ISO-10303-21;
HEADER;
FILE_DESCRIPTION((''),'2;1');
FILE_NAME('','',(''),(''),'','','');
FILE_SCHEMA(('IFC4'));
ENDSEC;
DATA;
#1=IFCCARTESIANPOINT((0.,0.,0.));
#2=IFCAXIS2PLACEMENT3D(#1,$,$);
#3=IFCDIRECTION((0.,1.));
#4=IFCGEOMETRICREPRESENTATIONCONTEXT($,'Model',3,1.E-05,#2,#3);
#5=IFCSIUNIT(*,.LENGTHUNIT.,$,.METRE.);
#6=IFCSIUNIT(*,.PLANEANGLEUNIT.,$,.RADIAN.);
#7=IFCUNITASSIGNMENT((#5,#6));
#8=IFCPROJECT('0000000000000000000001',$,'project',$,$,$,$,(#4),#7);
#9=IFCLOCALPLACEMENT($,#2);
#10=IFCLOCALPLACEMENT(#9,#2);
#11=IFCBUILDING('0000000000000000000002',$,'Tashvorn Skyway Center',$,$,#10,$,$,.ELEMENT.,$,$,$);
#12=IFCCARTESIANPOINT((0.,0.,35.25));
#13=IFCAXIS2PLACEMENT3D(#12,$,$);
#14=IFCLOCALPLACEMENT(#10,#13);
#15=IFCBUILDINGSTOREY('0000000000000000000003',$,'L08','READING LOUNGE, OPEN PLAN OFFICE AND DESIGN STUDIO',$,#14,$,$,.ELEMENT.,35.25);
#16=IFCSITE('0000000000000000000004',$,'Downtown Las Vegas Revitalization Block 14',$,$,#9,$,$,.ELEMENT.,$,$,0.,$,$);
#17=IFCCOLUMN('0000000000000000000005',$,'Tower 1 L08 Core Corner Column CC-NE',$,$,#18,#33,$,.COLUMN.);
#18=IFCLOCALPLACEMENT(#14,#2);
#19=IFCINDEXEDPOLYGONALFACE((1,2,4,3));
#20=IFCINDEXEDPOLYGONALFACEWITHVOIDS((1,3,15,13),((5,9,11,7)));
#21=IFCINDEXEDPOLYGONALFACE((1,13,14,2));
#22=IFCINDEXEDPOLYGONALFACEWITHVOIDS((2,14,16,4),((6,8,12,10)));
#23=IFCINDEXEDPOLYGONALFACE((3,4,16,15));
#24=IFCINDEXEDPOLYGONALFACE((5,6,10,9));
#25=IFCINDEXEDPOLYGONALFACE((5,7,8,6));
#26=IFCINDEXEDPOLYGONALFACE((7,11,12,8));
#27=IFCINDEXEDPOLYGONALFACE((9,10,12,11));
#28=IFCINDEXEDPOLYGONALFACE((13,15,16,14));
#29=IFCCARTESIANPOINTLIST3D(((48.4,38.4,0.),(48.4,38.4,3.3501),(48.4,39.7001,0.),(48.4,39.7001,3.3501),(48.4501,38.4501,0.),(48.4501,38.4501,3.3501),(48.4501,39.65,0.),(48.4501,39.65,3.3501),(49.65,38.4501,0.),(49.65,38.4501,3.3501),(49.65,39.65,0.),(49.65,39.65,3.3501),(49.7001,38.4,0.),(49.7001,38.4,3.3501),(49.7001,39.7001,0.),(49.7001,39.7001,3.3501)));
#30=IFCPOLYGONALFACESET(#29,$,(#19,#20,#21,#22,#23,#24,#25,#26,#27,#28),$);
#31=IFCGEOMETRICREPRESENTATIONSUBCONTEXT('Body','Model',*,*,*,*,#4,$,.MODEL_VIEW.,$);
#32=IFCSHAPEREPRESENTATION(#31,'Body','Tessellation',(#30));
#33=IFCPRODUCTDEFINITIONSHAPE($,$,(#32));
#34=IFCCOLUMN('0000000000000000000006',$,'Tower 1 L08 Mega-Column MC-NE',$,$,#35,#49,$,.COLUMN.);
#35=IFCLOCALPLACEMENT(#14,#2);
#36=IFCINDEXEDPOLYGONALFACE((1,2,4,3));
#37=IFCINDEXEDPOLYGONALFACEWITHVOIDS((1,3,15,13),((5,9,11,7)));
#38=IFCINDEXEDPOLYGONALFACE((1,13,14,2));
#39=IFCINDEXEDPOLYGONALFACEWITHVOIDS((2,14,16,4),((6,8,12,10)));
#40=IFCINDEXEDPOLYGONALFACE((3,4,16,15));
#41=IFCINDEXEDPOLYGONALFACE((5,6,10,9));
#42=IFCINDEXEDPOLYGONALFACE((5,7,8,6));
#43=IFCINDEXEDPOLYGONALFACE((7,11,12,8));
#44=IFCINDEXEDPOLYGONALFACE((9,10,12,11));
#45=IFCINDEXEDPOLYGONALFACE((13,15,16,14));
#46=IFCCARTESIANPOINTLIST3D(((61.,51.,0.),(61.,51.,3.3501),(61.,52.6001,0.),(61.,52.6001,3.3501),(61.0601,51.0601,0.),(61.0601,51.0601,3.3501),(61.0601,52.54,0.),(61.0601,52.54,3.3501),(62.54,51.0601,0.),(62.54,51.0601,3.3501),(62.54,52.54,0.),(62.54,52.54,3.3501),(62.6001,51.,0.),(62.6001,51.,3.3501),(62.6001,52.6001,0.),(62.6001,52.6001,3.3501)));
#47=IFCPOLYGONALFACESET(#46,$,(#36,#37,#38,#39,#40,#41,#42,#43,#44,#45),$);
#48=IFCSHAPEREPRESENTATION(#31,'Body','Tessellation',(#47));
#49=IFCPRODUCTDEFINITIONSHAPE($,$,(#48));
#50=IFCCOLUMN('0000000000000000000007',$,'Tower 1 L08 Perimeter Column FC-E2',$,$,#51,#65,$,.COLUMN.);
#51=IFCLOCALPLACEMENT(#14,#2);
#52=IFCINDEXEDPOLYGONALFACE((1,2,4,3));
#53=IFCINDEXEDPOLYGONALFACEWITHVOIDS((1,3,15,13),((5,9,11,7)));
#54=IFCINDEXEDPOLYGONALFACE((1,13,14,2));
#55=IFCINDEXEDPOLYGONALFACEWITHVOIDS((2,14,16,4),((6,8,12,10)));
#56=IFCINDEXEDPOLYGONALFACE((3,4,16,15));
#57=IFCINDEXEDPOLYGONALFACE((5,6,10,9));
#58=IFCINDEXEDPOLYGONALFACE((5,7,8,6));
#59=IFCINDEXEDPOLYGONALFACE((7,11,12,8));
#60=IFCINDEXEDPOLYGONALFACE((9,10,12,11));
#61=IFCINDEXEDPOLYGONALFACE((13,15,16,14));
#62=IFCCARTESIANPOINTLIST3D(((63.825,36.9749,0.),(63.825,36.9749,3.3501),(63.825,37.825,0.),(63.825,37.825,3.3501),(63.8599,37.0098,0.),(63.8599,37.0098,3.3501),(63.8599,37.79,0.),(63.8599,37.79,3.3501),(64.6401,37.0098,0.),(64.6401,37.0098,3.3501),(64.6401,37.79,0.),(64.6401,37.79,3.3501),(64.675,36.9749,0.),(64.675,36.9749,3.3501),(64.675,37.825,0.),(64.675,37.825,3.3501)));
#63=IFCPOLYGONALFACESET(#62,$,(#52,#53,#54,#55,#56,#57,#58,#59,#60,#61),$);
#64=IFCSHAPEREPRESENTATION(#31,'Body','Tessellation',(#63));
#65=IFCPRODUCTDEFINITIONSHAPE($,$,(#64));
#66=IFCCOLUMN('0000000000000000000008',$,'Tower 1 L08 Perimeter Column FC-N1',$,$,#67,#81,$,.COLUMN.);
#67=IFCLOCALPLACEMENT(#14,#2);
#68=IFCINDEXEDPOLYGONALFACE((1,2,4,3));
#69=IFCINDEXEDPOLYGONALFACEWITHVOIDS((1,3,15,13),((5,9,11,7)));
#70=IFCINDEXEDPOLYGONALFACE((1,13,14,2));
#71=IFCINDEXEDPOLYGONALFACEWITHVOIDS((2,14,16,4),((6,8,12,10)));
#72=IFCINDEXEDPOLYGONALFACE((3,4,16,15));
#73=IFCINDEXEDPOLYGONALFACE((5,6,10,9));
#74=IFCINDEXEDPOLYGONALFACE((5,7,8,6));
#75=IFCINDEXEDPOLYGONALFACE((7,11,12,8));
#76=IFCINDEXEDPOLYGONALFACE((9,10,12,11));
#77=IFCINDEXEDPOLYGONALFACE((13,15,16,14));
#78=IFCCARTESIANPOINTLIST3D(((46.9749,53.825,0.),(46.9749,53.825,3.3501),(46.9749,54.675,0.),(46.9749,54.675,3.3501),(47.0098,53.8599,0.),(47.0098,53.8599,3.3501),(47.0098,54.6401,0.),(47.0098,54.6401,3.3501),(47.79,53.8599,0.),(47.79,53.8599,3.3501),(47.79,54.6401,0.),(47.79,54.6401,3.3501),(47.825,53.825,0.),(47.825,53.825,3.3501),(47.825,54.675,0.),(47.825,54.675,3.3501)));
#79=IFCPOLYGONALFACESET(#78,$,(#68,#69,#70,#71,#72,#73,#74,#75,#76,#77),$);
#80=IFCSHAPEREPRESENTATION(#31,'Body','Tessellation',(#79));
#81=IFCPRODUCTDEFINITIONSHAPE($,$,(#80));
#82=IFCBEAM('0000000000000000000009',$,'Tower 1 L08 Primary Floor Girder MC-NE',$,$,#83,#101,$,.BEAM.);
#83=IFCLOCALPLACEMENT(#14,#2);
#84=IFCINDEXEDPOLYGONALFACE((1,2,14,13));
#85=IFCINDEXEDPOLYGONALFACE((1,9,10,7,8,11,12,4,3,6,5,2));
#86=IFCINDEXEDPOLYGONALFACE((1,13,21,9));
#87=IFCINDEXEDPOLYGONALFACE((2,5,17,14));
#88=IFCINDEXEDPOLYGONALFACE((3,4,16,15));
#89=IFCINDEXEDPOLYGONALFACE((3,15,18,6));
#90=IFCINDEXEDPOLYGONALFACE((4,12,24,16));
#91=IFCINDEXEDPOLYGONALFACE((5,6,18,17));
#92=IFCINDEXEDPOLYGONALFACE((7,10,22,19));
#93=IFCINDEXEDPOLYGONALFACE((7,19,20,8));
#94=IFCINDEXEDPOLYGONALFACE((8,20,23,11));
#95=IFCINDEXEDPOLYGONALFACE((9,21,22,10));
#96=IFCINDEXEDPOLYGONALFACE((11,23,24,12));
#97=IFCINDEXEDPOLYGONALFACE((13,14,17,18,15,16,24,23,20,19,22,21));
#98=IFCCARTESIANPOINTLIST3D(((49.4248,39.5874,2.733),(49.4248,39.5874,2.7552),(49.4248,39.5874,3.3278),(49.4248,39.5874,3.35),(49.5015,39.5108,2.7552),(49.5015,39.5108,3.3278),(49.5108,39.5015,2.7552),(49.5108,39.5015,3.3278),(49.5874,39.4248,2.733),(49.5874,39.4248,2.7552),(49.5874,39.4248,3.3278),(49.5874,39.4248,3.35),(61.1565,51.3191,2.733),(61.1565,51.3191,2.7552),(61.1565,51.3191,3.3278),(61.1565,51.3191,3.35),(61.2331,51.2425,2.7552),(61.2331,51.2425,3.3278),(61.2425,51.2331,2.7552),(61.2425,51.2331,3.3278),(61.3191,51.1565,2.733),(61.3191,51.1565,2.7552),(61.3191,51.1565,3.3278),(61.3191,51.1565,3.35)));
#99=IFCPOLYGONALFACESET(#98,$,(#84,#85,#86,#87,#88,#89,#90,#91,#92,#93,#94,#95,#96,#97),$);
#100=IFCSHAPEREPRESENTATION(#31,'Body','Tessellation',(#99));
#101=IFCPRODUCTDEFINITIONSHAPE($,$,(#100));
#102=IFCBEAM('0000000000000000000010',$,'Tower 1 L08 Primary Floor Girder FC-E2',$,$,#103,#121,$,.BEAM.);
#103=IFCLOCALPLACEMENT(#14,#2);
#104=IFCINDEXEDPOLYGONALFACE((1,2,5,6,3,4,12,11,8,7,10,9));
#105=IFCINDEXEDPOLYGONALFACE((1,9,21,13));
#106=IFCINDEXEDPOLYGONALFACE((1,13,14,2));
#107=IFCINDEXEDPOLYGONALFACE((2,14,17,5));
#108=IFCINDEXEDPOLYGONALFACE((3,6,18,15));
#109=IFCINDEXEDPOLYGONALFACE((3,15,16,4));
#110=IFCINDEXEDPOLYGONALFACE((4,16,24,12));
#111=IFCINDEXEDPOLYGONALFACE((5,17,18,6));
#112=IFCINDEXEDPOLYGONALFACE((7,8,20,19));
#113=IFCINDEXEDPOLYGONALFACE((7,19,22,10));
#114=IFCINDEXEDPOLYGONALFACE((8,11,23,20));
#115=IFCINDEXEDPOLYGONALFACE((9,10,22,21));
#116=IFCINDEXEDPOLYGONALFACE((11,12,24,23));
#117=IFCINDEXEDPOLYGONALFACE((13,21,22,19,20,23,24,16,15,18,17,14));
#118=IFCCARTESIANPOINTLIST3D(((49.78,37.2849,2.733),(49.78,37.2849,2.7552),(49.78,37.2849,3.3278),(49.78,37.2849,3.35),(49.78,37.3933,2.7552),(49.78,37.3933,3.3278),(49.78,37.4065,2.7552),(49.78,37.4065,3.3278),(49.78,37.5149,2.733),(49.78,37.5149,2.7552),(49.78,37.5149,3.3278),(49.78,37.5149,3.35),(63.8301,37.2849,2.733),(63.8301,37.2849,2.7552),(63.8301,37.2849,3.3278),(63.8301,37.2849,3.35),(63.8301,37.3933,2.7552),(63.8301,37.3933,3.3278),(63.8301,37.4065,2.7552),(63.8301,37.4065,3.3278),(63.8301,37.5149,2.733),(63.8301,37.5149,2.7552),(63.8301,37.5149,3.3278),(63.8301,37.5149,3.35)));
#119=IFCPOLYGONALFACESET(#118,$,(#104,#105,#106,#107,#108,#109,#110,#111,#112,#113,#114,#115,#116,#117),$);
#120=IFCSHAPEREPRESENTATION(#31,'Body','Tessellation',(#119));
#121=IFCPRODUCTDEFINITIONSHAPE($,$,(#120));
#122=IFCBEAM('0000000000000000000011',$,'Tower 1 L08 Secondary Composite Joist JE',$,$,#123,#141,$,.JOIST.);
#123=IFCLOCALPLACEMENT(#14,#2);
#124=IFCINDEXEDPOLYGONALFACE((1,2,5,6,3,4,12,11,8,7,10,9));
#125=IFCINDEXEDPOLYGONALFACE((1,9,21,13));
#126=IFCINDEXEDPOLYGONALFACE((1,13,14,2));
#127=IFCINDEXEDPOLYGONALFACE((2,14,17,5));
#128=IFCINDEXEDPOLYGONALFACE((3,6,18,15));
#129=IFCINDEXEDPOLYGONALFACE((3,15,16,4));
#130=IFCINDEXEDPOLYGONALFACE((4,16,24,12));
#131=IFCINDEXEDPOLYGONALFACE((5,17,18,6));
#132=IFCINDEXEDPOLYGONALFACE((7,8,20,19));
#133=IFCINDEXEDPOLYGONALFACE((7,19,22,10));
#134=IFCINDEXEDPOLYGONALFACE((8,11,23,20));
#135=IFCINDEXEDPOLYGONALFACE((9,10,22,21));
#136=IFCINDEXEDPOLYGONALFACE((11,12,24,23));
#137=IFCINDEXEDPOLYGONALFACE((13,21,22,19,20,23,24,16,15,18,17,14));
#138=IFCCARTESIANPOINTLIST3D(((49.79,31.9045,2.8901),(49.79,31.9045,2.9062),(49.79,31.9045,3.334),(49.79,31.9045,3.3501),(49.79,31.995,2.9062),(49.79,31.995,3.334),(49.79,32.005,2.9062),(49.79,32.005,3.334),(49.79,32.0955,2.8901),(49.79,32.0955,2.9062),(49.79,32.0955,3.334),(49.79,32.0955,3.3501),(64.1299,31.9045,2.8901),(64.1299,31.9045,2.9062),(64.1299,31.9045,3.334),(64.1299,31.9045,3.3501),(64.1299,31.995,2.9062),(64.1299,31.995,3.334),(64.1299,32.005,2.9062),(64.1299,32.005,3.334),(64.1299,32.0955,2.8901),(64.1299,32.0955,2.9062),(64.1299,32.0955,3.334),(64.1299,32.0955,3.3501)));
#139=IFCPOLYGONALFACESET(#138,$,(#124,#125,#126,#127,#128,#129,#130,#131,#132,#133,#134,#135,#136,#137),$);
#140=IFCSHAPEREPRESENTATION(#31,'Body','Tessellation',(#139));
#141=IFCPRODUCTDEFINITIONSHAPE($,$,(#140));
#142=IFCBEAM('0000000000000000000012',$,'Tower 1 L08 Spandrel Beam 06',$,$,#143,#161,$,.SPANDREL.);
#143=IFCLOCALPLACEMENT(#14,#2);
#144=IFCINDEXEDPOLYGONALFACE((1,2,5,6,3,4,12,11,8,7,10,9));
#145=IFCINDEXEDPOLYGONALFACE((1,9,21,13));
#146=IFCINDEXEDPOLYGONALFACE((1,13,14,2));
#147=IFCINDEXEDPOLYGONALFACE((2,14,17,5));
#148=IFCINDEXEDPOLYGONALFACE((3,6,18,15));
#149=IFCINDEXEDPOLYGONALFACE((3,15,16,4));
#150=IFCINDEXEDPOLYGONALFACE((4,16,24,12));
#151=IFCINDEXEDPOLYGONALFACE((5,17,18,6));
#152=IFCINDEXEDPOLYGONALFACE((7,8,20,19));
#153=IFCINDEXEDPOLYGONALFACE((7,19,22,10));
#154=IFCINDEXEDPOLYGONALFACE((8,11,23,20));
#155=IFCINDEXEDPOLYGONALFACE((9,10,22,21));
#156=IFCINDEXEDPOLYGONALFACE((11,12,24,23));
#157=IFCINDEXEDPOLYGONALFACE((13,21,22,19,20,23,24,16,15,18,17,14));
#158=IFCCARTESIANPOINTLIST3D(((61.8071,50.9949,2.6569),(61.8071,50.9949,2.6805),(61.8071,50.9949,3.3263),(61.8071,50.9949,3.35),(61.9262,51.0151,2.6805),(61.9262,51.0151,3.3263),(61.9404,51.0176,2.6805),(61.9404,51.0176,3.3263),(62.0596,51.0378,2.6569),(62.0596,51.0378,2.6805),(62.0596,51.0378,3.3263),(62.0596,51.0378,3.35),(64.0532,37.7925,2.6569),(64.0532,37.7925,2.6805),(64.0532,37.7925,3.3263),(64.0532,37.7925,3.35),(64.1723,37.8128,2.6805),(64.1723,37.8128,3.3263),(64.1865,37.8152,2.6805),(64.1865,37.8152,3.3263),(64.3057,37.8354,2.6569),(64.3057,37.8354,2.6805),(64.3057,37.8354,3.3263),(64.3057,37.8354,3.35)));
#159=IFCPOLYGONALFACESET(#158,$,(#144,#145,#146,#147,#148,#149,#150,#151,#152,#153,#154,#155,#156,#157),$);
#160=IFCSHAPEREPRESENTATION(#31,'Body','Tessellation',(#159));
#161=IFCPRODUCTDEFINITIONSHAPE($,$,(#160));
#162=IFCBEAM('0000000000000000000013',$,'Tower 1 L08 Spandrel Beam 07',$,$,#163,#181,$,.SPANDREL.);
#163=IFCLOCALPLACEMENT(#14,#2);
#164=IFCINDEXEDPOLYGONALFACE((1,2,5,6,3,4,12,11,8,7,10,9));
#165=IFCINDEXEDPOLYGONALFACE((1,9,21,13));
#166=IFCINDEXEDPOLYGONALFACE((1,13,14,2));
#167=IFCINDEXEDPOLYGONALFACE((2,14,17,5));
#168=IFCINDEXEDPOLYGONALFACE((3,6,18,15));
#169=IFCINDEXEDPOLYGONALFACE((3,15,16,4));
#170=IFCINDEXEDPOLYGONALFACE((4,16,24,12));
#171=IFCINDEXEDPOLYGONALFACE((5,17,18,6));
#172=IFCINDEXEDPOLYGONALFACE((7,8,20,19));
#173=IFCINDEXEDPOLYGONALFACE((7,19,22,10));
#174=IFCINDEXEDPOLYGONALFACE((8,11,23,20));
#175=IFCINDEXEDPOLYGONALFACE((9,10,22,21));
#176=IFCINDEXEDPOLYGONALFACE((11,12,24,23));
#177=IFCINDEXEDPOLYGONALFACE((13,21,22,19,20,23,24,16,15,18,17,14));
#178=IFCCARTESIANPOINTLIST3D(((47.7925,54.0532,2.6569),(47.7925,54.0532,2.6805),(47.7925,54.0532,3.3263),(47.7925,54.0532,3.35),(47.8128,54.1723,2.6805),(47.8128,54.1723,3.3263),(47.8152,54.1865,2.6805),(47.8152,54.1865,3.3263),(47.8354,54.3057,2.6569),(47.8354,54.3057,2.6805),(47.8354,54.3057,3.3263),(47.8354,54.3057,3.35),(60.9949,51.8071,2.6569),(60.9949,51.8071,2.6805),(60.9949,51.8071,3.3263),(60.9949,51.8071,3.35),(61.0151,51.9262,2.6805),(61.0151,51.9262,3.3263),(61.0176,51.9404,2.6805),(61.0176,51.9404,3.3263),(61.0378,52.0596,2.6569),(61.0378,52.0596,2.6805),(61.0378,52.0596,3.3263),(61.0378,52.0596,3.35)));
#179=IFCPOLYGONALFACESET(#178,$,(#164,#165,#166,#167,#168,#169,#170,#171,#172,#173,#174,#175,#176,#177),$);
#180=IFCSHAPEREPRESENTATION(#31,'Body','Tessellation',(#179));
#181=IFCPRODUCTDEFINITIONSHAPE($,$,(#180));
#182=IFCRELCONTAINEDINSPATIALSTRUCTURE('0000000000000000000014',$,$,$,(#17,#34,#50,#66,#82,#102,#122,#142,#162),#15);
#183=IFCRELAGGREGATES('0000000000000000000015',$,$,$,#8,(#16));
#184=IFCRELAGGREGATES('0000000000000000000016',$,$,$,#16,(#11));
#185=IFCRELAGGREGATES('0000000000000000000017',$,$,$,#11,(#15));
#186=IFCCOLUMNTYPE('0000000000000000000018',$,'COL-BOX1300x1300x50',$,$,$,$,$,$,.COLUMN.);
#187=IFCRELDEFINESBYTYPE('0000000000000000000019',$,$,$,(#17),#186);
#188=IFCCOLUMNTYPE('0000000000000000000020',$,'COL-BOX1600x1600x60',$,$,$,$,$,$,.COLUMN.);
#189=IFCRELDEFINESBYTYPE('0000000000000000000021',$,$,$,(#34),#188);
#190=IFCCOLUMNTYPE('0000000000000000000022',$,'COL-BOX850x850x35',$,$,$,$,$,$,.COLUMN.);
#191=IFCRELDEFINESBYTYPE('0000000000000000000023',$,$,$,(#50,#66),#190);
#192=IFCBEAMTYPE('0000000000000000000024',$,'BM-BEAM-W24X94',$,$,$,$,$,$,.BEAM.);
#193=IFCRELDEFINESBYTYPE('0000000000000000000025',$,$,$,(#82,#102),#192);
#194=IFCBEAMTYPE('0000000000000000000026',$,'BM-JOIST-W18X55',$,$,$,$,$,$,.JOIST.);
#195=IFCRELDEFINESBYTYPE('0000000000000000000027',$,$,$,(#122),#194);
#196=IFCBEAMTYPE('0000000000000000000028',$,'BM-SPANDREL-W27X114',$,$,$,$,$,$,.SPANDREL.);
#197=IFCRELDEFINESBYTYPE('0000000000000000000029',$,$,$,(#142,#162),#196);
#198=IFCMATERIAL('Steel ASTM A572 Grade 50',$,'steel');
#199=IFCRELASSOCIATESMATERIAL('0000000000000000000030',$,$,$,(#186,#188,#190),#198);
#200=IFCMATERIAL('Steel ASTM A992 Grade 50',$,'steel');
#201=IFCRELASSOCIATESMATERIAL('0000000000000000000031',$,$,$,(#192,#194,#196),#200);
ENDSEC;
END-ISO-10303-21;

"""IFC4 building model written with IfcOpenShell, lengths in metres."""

from ifc_helpers import new_model, si_unit, direction, frame, origin, origin_2d, place, context, subcontext, project, spatial, hollow_rectangle, i_section, extrude, material, material_profile, profile_set, type_object, element, save


model = new_model("IFC4")

# Units and contexts
model_context = context("Model", 3, precision=1e-05, world=origin(), true_north=direction((0.0, 1.0)))
body_context = subcontext(model_context, "Body", "Model", "MODEL_VIEW")
ifc_project = project(units=[si_unit("LENGTHUNIT", "METRE"), si_unit("PLANEANGLEUNIT", "RADIAN")], contexts=[model_context])

# Site, building, storey
site_placement = place(None, origin())
site = spatial("IfcSite", under=ifc_project, at=site_placement, Name="Downtown Las Vegas Revitalization Block 14", CompositionType="ELEMENT", RefElevation=0.0)
building_placement = place(site_placement, origin())
building = spatial("IfcBuilding", under=site, at=building_placement, Name="Tashvorn Skyway Center", CompositionType="ELEMENT")
storey_placement = place(building_placement, frame((0.0, 0.0, 35.25)))
storey = spatial("IfcBuildingStorey", under=building, at=storey_placement, Name="L08", Description="READING LOUNGE, OPEN PLAN OFFICE AND DESIGN STUDIO", CompositionType="ELEMENT", Elevation=35.25)

# Columns
ifc_material_1 = material(Name="Steel ASTM A572 Grade 50", Category="steel")
ifc_material_profile_1 = material_profile(ifc_material_1, hollow_rectangle(XDim=1.3, YDim=1.3, WallThickness=0.05, at=origin_2d()), Name="BOX1300x1300x50")
ifc_profile_set_1 = profile_set([ifc_material_profile_1], Name="Steel ASTM A572 Grade 50")
column_type_1 = type_object("IfcColumnType", Name="COL-BOX1300x1300x50", PredefinedType="COLUMN", material=ifc_profile_set_1)
column_1_placement = place(storey_placement, frame((49.05, 39.05, 0.0), z_axis=(0.0, 0.0, 1.0), x_axis=(1.0, 0.0, 0.0)))
element("IfcColumn", 1, at=column_1_placement, inside=storey, type_object=column_type_1, Name="Tower 1 L08 Core Corner Column CC-NE", PredefinedType="COLUMN", context=body_context, shape_type="SweptSolid", body=[
    extrude(hollow_rectangle(XDim=1.3, YDim=1.3, WallThickness=0.05, at=origin_2d()), origin(), (0.0, 0.0, 1.0), 3.3501),
])
ifc_material_profile_2 = material_profile(ifc_material_1, hollow_rectangle(XDim=1.6001, YDim=1.6001, WallThickness=0.0601, at=origin_2d()), Name="BOX1600x1600x60")
ifc_profile_set_2 = profile_set([ifc_material_profile_2], Name="Steel ASTM A572 Grade 50")
column_type_2 = type_object("IfcColumnType", Name="COL-BOX1600x1600x60", PredefinedType="COLUMN", material=ifc_profile_set_2)
column_2_placement = place(storey_placement, frame((61.8, 51.8, 0.0), z_axis=(0.0, 0.0, 1.0), x_axis=(1.0, 0.0, 0.0)))
element("IfcColumn", 2, at=column_2_placement, inside=storey, type_object=column_type_2, Name="Tower 1 L08 Mega-Column MC-NE", PredefinedType="COLUMN", context=body_context, shape_type="SweptSolid", body=[
    extrude(hollow_rectangle(XDim=1.6001, YDim=1.6001, WallThickness=0.0601, at=origin_2d()), origin(), (0.0, 0.0, 1.0), 3.3501),
])
ifc_material_profile_3 = material_profile(ifc_material_1, hollow_rectangle(XDim=0.8501, YDim=0.8501, WallThickness=0.0349, at=origin_2d()), Name="BOX850x850x35")
ifc_profile_set_3 = profile_set([ifc_material_profile_3], Name="Steel ASTM A572 Grade 50")
column_type_3 = type_object("IfcColumnType", Name="COL-BOX850x850x35", PredefinedType="COLUMN", material=ifc_profile_set_3)
for number, where, z_axis, x_axis, name in (
    (3, (64.25, 37.3999, 0.0), (0.0, 0.0, 1.0), (1.0, 0.0, 0.0), "Tower 1 L08 Perimeter Column FC-E2"),
    (4, (47.3999, 54.25, 0.0), (0.0, 0.0, 1.0), (1.0, 0.0, 0.0), "Tower 1 L08 Perimeter Column FC-N1"),
):
    element("IfcColumn", number, at=place(storey_placement, frame(where, z_axis=z_axis, x_axis=x_axis)), inside=storey, type_object=column_type_3, Name=name, PredefinedType="COLUMN", context=body_context, shape_type="SweptSolid", body=[
        extrude(hollow_rectangle(XDim=0.8501, YDim=0.8501, WallThickness=0.0349, at=origin_2d()), origin(), (0.0, 0.0, 1.0), 3.3501),
    ])

# Beams
ifc_material_2 = material(Name="Steel ASTM A992 Grade 50", Category="steel")
ifc_material_profile_4 = material_profile(ifc_material_2, i_section(OverallWidth=0.23, OverallDepth=0.6169, WebThickness=0.0132, FlangeThickness=0.0222, at=origin_2d()), Name="W24X94")
ifc_profile_set_4 = profile_set([ifc_material_profile_4], Name="Steel ASTM A992 Grade 50")
beam_type_1 = type_object("IfcBeamType", Name="BM-BEAM-W24X94", PredefinedType="BEAM", material=ifc_profile_set_4)
beam_1_placement = place(storey_placement, frame((61.2378, 51.2378, 3.0415), z_axis=(-0.707107, -0.707107, 0.0), x_axis=(0.707107, -0.707107, 0.0)))
element("IfcBeam", 5, at=beam_1_placement, inside=storey, type_object=beam_type_1, Name="Tower 1 L08 Primary Floor Girder MC-NE", PredefinedType="BEAM", context=body_context, shape_type="SweptSolid", body=[
    extrude(i_section(OverallWidth=0.23, OverallDepth=0.6169, WebThickness=0.0132, FlangeThickness=0.0222, at=origin_2d()), origin(), (0.0, 0.0, 1.0), 16.5911),
])
beam_2_placement = place(storey_placement, frame((63.8301, 37.3999, 3.0415), z_axis=(-1.0, 0.0, 0.0), x_axis=(0.0, -1.0, 0.0)))
element("IfcBeam", 6, at=beam_2_placement, inside=storey, type_object=beam_type_1, Name="Tower 1 L08 Primary Floor Girder FC-E2", PredefinedType="BEAM", context=body_context, shape_type="SweptSolid", body=[
    extrude(i_section(OverallWidth=0.23, OverallDepth=0.6169, WebThickness=0.0132, FlangeThickness=0.0222, at=origin_2d()), origin(), (0.0, 0.0, 1.0), 14.05),
])
ifc_material_profile_5 = material_profile(ifc_material_2, i_section(OverallWidth=0.1909, OverallDepth=0.46, WebThickness=0.01, FlangeThickness=0.0161, at=origin_2d()), Name="W18X55")
ifc_profile_set_5 = profile_set([ifc_material_profile_5], Name="Steel ASTM A992 Grade 50")
beam_type_2 = type_object("IfcBeamType", Name="BM-JOIST-W18X55", PredefinedType="JOIST", material=ifc_profile_set_5)
beam_3_placement = place(storey_placement, frame((49.79, 32.0, 3.1201), z_axis=(1.0, 0.0, 0.0), x_axis=(0.0, 1.0, 0.0)))
element("IfcBeam", 7, at=beam_3_placement, inside=storey, type_object=beam_type_2, Name="Tower 1 L08 Secondary Composite Joist JE", PredefinedType="JOIST", context=body_context, shape_type="SweptSolid", body=[
    extrude(i_section(OverallWidth=0.1909, OverallDepth=0.46, WebThickness=0.01, FlangeThickness=0.0161, at=origin_2d()), origin(), (0.0, 0.0, 1.0), 14.3398),
])
ifc_material_profile_6 = material_profile(ifc_material_2, i_section(OverallWidth=0.2561, OverallDepth=0.6931, WebThickness=0.0144, FlangeThickness=0.0237, at=origin_2d()), Name="W27X114")
ifc_profile_set_6 = profile_set([ifc_material_profile_6], Name="Steel ASTM A992 Grade 50")
beam_type_3 = type_object("IfcBeamType", Name="BM-SPANDREL-W27X114", PredefinedType="SPANDREL", material=ifc_profile_set_6)
for number, where, z_axis, x_axis, name in (
    (8, (64.1794, 37.814, 3.0034), (-0.167718, 0.985835, 0.0), (-0.985835, -0.167718, 0.0), "Tower 1 L08 Spandrel Beam 06"),
    (9, (61.0164, 51.9333, 3.0034), (-0.985835, 0.167718, 0.0), (-0.167718, -0.985835, 0.0), "Tower 1 L08 Spandrel Beam 07"),
):
    element("IfcBeam", number, at=place(storey_placement, frame(where, z_axis=z_axis, x_axis=x_axis)), inside=storey, type_object=beam_type_3, Name=name, PredefinedType="SPANDREL", context=body_context, shape_type="SweptSolid", body=[
        extrude(i_section(OverallWidth=0.2561, OverallDepth=0.6931, WebThickness=0.0144, FlangeThickness=0.0237, at=origin_2d()), origin(), (0.0, 0.0, 1.0), 13.3921),
    ])

save(model, "model.ifc")
